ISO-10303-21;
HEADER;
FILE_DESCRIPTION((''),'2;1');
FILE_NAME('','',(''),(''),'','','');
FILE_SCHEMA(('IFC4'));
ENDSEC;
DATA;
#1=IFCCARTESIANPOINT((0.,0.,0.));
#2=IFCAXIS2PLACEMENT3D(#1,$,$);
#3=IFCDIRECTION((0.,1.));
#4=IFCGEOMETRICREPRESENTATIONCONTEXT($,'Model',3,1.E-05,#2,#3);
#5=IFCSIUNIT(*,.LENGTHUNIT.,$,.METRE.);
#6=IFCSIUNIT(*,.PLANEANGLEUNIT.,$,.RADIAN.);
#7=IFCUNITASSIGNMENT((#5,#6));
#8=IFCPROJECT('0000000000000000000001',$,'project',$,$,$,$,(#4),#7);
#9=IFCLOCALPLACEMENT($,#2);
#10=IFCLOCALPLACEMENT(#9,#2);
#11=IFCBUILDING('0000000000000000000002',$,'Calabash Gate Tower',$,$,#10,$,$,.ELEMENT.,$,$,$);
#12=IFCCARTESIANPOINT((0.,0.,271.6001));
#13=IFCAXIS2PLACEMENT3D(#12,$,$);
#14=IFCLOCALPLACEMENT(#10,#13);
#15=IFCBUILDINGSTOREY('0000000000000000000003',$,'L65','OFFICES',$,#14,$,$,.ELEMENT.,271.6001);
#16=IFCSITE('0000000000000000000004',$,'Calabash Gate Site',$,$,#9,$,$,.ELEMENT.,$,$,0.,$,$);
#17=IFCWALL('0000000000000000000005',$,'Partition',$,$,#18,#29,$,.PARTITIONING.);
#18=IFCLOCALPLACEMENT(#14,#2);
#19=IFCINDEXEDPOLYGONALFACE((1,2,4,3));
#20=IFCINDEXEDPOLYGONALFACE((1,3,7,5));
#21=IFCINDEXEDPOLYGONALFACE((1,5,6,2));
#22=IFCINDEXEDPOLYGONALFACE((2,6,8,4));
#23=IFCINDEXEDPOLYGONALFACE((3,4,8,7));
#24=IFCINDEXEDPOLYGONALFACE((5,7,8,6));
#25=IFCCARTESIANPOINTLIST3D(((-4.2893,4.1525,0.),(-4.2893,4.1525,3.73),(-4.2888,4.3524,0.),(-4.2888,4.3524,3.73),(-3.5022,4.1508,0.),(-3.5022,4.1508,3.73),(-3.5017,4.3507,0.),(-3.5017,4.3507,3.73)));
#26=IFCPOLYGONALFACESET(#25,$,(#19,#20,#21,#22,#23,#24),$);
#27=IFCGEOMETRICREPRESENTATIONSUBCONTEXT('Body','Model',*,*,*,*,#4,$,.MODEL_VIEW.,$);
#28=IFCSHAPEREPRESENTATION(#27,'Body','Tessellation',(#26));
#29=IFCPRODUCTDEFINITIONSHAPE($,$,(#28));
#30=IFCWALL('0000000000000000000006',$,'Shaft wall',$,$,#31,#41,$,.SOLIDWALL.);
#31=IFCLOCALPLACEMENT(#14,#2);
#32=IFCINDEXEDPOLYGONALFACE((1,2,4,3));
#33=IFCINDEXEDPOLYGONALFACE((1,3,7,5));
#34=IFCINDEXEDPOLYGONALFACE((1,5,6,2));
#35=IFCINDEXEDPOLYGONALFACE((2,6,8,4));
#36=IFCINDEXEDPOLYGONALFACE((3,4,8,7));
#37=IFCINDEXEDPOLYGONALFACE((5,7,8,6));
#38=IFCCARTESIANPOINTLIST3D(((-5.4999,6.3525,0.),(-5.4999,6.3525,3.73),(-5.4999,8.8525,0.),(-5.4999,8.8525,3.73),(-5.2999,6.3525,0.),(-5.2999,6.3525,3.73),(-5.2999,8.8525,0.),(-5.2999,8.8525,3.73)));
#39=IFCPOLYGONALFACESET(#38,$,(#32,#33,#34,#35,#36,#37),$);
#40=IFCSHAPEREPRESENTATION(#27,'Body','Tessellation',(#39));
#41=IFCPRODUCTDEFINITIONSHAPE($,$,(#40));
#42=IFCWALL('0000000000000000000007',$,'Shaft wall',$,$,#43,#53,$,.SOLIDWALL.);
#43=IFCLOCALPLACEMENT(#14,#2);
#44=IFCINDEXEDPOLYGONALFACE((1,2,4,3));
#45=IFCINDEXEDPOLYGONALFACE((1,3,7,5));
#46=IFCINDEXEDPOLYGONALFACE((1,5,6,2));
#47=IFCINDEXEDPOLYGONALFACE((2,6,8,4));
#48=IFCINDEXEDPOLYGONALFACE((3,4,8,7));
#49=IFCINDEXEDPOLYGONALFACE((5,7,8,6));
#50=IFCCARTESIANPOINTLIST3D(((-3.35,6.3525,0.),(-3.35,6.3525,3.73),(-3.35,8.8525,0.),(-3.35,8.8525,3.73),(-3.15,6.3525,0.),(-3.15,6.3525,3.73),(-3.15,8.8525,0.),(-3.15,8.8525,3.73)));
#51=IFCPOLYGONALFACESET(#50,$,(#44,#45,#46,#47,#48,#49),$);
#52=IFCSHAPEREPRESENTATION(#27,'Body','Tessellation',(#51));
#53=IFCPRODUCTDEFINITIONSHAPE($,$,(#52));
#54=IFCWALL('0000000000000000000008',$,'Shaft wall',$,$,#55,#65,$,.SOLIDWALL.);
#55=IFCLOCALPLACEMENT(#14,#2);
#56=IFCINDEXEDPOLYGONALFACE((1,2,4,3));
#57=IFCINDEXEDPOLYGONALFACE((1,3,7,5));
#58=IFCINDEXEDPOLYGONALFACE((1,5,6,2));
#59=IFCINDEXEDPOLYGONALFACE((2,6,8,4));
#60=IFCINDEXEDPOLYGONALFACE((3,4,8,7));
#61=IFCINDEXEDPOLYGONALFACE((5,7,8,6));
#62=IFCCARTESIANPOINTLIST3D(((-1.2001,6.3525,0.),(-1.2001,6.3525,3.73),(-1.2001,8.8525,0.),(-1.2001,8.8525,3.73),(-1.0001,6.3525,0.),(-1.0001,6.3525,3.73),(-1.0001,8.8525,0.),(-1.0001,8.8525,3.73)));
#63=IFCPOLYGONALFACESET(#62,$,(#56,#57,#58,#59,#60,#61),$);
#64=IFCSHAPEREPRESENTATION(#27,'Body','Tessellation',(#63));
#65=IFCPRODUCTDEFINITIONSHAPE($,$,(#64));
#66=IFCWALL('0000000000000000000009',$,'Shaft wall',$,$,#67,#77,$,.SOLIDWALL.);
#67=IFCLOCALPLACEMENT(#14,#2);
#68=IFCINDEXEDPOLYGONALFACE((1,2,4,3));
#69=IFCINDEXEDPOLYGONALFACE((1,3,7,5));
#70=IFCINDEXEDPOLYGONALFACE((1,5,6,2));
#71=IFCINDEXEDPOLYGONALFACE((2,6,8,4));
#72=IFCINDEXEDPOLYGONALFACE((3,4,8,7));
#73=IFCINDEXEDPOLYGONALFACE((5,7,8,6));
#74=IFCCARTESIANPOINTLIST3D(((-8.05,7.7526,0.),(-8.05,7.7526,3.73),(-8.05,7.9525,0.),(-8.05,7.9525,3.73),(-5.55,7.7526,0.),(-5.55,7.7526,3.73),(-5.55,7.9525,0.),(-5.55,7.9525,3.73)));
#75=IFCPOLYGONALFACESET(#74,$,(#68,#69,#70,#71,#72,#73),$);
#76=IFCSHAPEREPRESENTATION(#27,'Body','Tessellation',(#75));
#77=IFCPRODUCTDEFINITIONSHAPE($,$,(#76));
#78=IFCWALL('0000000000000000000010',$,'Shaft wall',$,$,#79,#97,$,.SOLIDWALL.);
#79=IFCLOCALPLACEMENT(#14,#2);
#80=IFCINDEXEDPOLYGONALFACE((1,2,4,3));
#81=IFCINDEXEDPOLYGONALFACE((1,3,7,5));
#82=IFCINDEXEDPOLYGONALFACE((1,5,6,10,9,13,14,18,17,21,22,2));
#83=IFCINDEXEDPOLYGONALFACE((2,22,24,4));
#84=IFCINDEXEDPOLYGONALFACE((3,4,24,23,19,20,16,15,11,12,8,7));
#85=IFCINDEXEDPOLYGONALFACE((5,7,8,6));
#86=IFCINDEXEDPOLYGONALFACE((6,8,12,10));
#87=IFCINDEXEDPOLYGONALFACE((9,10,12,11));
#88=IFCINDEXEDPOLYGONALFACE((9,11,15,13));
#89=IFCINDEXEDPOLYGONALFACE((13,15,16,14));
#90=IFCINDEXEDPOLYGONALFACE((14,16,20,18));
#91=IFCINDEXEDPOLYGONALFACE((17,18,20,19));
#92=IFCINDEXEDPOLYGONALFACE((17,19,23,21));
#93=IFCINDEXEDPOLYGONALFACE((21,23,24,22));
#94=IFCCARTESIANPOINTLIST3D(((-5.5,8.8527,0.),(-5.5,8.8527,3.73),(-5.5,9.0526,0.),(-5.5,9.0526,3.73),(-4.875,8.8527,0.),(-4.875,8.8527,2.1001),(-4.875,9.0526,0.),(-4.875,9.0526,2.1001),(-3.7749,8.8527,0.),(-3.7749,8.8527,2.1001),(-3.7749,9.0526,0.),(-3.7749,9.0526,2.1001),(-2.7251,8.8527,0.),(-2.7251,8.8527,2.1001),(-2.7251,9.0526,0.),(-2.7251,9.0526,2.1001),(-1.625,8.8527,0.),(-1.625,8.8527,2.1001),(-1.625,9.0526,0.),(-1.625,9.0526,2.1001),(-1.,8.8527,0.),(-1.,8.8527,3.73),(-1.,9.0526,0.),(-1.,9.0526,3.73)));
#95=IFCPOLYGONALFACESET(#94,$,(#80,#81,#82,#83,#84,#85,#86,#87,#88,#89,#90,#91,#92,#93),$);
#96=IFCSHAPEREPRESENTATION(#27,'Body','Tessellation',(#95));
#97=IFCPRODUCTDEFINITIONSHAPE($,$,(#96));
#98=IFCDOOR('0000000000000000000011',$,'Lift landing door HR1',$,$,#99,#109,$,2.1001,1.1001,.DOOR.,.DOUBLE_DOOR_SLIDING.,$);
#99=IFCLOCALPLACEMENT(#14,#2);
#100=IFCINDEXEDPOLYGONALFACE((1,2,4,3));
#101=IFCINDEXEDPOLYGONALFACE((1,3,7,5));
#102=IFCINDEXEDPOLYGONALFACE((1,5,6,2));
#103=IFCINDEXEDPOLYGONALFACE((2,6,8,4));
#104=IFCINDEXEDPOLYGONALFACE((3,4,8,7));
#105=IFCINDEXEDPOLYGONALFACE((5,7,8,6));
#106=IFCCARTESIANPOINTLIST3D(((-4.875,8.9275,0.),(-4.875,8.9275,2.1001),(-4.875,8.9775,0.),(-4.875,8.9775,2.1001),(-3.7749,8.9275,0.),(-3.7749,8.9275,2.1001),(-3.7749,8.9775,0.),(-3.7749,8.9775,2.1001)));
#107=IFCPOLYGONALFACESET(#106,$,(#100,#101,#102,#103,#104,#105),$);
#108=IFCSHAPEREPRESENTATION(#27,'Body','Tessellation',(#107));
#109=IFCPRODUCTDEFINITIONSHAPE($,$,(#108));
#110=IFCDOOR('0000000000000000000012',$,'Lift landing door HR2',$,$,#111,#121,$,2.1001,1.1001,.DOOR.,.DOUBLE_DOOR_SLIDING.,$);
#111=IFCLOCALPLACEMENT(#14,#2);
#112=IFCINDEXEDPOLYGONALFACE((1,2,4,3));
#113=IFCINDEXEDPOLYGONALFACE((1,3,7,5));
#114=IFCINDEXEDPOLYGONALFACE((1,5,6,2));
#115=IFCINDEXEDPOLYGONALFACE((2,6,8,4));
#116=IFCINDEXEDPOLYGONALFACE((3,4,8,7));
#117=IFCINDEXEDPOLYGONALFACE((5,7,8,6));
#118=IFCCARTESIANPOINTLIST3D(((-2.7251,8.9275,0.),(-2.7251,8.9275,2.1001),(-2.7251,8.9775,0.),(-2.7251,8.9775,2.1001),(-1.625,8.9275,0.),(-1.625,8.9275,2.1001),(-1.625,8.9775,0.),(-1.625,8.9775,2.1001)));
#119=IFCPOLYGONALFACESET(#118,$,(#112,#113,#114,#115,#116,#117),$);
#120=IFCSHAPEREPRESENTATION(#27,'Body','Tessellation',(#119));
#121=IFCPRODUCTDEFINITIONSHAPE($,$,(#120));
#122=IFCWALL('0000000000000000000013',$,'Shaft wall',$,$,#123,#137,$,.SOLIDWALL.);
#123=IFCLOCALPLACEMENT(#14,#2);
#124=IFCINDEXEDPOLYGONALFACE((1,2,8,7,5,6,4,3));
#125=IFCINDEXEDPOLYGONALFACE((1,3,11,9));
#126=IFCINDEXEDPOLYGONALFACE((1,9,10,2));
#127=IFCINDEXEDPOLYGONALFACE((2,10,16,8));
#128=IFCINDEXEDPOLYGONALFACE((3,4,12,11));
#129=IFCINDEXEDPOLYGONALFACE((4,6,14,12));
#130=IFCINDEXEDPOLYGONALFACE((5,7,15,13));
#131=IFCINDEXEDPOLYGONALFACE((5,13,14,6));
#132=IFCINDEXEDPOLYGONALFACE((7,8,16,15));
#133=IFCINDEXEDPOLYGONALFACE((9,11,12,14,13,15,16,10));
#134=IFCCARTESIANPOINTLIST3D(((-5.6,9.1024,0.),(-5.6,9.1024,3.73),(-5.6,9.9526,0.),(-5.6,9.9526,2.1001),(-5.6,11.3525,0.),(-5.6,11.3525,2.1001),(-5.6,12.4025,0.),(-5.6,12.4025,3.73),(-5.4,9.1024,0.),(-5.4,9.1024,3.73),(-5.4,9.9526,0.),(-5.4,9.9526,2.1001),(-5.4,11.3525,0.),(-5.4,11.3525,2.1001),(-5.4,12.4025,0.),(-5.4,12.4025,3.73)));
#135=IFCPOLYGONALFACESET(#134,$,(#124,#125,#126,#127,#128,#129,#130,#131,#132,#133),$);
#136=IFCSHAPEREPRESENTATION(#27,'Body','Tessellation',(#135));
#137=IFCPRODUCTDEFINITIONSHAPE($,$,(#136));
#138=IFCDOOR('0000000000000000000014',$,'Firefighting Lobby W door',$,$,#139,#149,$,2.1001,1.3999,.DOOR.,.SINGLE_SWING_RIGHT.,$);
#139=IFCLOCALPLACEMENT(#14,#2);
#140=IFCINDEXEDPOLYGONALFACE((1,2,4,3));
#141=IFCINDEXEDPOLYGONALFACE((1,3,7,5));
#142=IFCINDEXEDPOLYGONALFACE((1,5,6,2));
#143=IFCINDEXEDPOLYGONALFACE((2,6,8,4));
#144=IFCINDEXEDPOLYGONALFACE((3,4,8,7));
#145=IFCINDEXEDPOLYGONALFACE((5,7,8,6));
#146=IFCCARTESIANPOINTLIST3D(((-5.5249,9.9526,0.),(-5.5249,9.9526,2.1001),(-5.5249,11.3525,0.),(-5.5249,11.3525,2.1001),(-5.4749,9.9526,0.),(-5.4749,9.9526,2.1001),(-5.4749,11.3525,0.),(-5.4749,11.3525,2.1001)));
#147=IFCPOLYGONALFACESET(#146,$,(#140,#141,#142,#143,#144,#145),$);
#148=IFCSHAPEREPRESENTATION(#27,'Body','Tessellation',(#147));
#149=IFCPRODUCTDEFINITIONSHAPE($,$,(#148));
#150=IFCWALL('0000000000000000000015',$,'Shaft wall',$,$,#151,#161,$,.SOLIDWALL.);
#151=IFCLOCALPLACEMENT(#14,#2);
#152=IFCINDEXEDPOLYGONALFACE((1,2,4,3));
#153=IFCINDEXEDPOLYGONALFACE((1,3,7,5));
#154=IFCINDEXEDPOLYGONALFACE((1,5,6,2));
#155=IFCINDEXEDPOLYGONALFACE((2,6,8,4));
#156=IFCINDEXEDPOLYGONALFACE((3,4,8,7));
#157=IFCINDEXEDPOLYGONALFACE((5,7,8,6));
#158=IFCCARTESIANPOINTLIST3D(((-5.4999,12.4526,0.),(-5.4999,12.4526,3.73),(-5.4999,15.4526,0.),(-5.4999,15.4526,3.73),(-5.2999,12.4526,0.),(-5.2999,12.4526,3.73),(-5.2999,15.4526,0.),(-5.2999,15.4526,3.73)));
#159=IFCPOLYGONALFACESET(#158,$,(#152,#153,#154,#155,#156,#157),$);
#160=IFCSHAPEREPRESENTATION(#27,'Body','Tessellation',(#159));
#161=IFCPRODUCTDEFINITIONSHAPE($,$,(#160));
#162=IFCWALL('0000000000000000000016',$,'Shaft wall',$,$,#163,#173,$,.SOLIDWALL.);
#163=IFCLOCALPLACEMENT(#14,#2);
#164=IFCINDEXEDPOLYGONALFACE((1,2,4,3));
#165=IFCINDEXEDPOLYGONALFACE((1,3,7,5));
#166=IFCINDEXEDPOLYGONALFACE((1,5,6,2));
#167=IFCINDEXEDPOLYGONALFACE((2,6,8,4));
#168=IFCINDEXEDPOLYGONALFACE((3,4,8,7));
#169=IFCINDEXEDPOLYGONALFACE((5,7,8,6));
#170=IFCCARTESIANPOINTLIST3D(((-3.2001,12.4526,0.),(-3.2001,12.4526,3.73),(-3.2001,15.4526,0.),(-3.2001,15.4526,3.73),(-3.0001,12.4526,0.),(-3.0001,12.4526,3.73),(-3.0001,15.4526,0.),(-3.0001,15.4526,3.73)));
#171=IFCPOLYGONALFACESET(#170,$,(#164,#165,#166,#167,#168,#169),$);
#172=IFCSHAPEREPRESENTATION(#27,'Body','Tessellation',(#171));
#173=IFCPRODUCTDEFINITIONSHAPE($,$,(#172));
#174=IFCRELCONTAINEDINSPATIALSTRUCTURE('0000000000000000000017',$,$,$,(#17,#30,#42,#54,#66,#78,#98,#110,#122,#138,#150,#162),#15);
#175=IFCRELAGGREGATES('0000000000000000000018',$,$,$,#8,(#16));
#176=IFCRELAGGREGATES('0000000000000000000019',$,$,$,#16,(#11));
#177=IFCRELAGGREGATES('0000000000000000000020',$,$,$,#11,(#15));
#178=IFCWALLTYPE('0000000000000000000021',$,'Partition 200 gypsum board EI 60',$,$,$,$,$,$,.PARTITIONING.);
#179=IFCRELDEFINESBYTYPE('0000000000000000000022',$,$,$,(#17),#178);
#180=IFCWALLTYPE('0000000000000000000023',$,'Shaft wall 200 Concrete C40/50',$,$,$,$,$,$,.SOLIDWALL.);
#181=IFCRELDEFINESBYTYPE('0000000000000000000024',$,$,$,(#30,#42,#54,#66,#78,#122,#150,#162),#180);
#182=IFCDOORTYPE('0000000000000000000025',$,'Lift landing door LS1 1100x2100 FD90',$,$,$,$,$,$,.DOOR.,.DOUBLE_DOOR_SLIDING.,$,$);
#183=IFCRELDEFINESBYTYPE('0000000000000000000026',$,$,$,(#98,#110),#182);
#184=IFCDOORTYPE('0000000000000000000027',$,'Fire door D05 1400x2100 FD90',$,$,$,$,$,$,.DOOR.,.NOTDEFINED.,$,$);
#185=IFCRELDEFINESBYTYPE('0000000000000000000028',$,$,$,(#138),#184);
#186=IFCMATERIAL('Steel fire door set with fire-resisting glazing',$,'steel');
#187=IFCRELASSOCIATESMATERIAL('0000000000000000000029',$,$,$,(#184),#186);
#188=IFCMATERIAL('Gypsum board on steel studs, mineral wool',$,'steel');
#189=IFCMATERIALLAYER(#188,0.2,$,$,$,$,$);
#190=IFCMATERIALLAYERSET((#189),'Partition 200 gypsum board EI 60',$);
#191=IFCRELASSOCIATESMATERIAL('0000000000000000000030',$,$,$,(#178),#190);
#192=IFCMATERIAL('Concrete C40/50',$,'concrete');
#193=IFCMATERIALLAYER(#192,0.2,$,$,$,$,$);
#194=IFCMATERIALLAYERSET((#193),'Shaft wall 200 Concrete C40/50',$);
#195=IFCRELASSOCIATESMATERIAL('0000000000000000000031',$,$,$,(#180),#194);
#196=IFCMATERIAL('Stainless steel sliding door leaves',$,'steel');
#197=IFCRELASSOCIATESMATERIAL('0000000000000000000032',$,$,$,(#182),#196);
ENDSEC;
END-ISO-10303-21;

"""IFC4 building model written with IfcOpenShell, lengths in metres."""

from ifc_helpers import new_model, si_unit, direction, frame, frame_2d, origin, place, context, subcontext, project, spatial, rectangle, extrude, material, layer, layer_set, type_object, element, fill, save


model = new_model("IFC4")

# Units and contexts
model_context = context("Model", 3, precision=1e-05, world=origin(), true_north=direction((0.0, 1.0)))
body_context = subcontext(model_context, "Body", "Model", "MODEL_VIEW")
ifc_project = project(units=[si_unit("LENGTHUNIT", "METRE"), si_unit("PLANEANGLEUNIT", "RADIAN")], contexts=[model_context])

# Site, building, storey
site_placement = place(None, origin())
site = spatial("IfcSite", under=ifc_project, at=site_placement, Name="Calabash Gate Site", CompositionType="ELEMENT", RefElevation=0.0)
building_placement = place(site_placement, origin())
building = spatial("IfcBuilding", under=site, at=building_placement, Name="Calabash Gate Tower", CompositionType="ELEMENT")
storey_placement = place(building_placement, frame((0.0, 0.0, 271.6001)))
storey = spatial("IfcBuildingStorey", under=building, at=storey_placement, Name="L65", Description="OFFICES", CompositionType="ELEMENT", Elevation=271.6001)

# Shared definitions
ifc_material_1 = material(Name="Steel fire door set with fire-resisting glazing", Category="steel")
door_type_1 = type_object("IfcDoorType", Name="Fire door D05 1400x2100 FD90", OperationType="NOTDEFINED", PredefinedType="DOOR", material=ifc_material_1)

# Walls
ifc_material_2 = material(Name="Gypsum board on steel studs, mineral wool", Category="steel")
ifc_layer_1 = layer(ifc_material_2, 0.2)
ifc_layer_set_1 = layer_set([ifc_layer_1], Name="Partition 200 gypsum board EI 60")
wall_type_1 = type_object("IfcWallType", Name="Partition 200 gypsum board EI 60", PredefinedType="PARTITIONING", material=ifc_layer_set_1)
wall_1_placement = place(storey_placement, frame((-4.2891, 4.2524, 0.0), z_axis=(0.0, 0.0, 1.0), x_axis=(0.999998, -0.002171, 0.0)))
element("IfcWall", 1, at=wall_1_placement, inside=storey, type_object=wall_type_1, Name="Partition", PredefinedType="PARTITIONING", context=body_context, shape_type="SweptSolid", body=[
    extrude(rectangle(XDim=0.7871, YDim=0.2, at=frame_2d((0.3936, 0.0))), origin(), (0.0, 0.0, 1.0), 3.73),
])
ifc_material_3 = material(Name="Concrete C40/50", Category="concrete")
ifc_layer_2 = layer(ifc_material_3, 0.2)
ifc_layer_set_2 = layer_set([ifc_layer_2], Name="Shaft wall 200 Concrete C40/50")
wall_type_2 = type_object("IfcWallType", Name="Shaft wall 200 Concrete C40/50", PredefinedType="SOLIDWALL", material=ifc_layer_set_2)
for number, where, z_axis, x_axis, name in (
    (2, (-5.3999, 6.3525, 0.0), (0.0, 0.0, 1.0), (0.0, 1.0, 0.0), "Shaft wall"),
    (3, (-3.25, 6.3525, 0.0), (0.0, 0.0, 1.0), (0.0, 1.0, 0.0), "Shaft wall"),
    (4, (-1.1001, 6.3525, 0.0), (0.0, 0.0, 1.0), (0.0, 1.0, 0.0), "Shaft wall"),
    (5, (-8.05, 7.8525, 0.0), (0.0, 0.0, 1.0), (1.0, 0.0, 0.0), "Shaft wall"),
):
    element("IfcWall", number, at=place(storey_placement, frame(where, z_axis=z_axis, x_axis=x_axis)), inside=storey, type_object=wall_type_2, Name=name, PredefinedType="SOLIDWALL", context=body_context, shape_type="SweptSolid", body=[
        extrude(rectangle(XDim=2.5, YDim=0.2, at=frame_2d((1.25, 0.0))), origin(), (0.0, 0.0, 1.0), 3.73),
    ])

# Wall, openings, doors
wall_2_placement = place(storey_placement, frame((-5.5, 8.9526, 0.0), z_axis=(0.0, 0.0, 1.0), x_axis=(1.0, 0.0, 0.0)))
wall_2 = element("IfcWall", 6, at=wall_2_placement, inside=storey, type_object=wall_type_2, Name="Shaft wall", PredefinedType="SOLIDWALL", context=body_context, shape_type="SweptSolid", body=[
    extrude(rectangle(XDim=4.5, YDim=0.2, at=frame_2d((2.25, 0.0))), origin(), (0.0, 0.0, 1.0), 3.73),
])
opening_1_placement = place(wall_2_placement, frame((0.625, 0.0, 0.0)))
opening_1 = element("IfcOpeningElement", 7, at=opening_1_placement, cuts=wall_2, PredefinedType="OPENING", context=body_context, shape_type="SweptSolid", body=[
    extrude(rectangle(XDim=1.1001, YDim=2.1001, at=frame_2d((0.55, 1.05))), frame((0.0, 0.1099, 0.0), z_axis=(0.0, -1.0, 0.0), x_axis=(1.0, 0.0, 0.0)), (0.0, 0.0, 1.0), 0.22),
])
opening_2_placement = place(wall_2_placement, frame((2.7749, 0.0, 0.0)))
opening_2 = element("IfcOpeningElement", 8, at=opening_2_placement, cuts=wall_2, PredefinedType="OPENING", context=body_context, shape_type="SweptSolid", body=[
    extrude(rectangle(XDim=1.1001, YDim=2.1001, at=frame_2d((0.55, 1.05))), frame((0.0, 0.1099, 0.0), z_axis=(0.0, -1.0, 0.0), x_axis=(1.0, 0.0, 0.0)), (0.0, 0.0, 1.0), 0.22),
])
ifc_material_4 = material(Name="Stainless steel sliding door leaves", Category="steel")
door_type_2 = type_object("IfcDoorType", Name="Lift landing door LS1 1100x2100 FD90", OperationType="DOUBLE_DOOR_SLIDING", PredefinedType="DOOR", material=ifc_material_4)
door_1_placement = place(opening_1_placement, origin())
door_1 = element("IfcDoor", 9, at=door_1_placement, inside=storey, type_object=door_type_2, Name="Lift landing door HR1", OperationType="DOUBLE_DOOR_SLIDING", OverallHeight=2.1001, OverallWidth=1.1001, PredefinedType="DOOR", context=body_context, shape_type="SweptSolid", body=[
    extrude(rectangle(XDim=1.1001, YDim=2.1001, at=frame_2d((0.55, 1.05))), frame((0.0, 0.0249, 0.0), z_axis=(0.0, -1.0, 0.0), x_axis=(1.0, 0.0, 0.0)), (0.0, 0.0, 1.0), 0.05),
])
fill(opening_1, door_1)
door_2_placement = place(opening_2_placement, origin())
door_2 = element("IfcDoor", 10, at=door_2_placement, inside=storey, type_object=door_type_2, Name="Lift landing door HR2", OperationType="DOUBLE_DOOR_SLIDING", OverallHeight=2.1001, OverallWidth=1.1001, PredefinedType="DOOR", context=body_context, shape_type="SweptSolid", body=[
    extrude(rectangle(XDim=1.1001, YDim=2.1001, at=frame_2d((0.55, 1.05))), frame((0.0, 0.0249, 0.0), z_axis=(0.0, -1.0, 0.0), x_axis=(1.0, 0.0, 0.0)), (0.0, 0.0, 1.0), 0.05),
])
fill(opening_2, door_2)

# Wall, opening, door
wall_3_placement = place(storey_placement, frame((-5.5, 9.1025, 0.0), z_axis=(0.0, 0.0, 1.0), x_axis=(0.0, 1.0, 0.0)))
wall_3 = element("IfcWall", 11, at=wall_3_placement, inside=storey, type_object=wall_type_2, Name="Shaft wall", PredefinedType="SOLIDWALL", context=body_context, shape_type="SweptSolid", body=[
    extrude(rectangle(XDim=3.3, YDim=0.2, at=frame_2d((1.6499, 0.0))), origin(), (0.0, 0.0, 1.0), 3.73),
])
opening_3_placement = place(wall_3_placement, frame((0.8501, 0.0, 0.0)))
opening_3 = element("IfcOpeningElement", 12, at=opening_3_placement, cuts=wall_3, PredefinedType="OPENING", context=body_context, shape_type="SweptSolid", body=[
    extrude(rectangle(XDim=1.3999, YDim=2.1001, at=frame_2d((0.7, 1.05))), frame((0.0, 0.1099, 0.0), z_axis=(0.0, -1.0, 0.0), x_axis=(1.0, 0.0, 0.0)), (0.0, 0.0, 1.0), 0.22),
])
door_3_placement = place(opening_3_placement, origin())
door_3 = element("IfcDoor", 13, at=door_3_placement, inside=storey, type_object=door_type_1, Name="Firefighting Lobby W door", OperationType="SINGLE_SWING_RIGHT", OverallHeight=2.1001, OverallWidth=1.3999, PredefinedType="DOOR", context=body_context, shape_type="SweptSolid", body=[
    extrude(rectangle(XDim=1.3999, YDim=2.1001, at=frame_2d((0.7, 1.05))), frame((0.0, 0.0249, 0.0), z_axis=(0.0, -1.0, 0.0), x_axis=(1.0, 0.0, 0.0)), (0.0, 0.0, 1.0), 0.05),
])
fill(opening_3, door_3)

# Walls
for number, where, z_axis, x_axis, name in (
    (14, (-5.3999, 12.4526, 0.0), (0.0, 0.0, 1.0), (0.0, 1.0, 0.0), "Shaft wall"),
    (15, (-3.1001, 12.4526, 0.0), (0.0, 0.0, 1.0), (0.0, 1.0, 0.0), "Shaft wall"),
):
    element("IfcWall", number, at=place(storey_placement, frame(where, z_axis=z_axis, x_axis=x_axis)), inside=storey, type_object=wall_type_2, Name=name, PredefinedType="SOLIDWALL", context=body_context, shape_type="SweptSolid", body=[
        extrude(rectangle(XDim=3.0, YDim=0.2, at=frame_2d((1.5, 0.0))), origin(), (0.0, 0.0, 1.0), 3.73),
    ])

save(model, "model.ifc")
